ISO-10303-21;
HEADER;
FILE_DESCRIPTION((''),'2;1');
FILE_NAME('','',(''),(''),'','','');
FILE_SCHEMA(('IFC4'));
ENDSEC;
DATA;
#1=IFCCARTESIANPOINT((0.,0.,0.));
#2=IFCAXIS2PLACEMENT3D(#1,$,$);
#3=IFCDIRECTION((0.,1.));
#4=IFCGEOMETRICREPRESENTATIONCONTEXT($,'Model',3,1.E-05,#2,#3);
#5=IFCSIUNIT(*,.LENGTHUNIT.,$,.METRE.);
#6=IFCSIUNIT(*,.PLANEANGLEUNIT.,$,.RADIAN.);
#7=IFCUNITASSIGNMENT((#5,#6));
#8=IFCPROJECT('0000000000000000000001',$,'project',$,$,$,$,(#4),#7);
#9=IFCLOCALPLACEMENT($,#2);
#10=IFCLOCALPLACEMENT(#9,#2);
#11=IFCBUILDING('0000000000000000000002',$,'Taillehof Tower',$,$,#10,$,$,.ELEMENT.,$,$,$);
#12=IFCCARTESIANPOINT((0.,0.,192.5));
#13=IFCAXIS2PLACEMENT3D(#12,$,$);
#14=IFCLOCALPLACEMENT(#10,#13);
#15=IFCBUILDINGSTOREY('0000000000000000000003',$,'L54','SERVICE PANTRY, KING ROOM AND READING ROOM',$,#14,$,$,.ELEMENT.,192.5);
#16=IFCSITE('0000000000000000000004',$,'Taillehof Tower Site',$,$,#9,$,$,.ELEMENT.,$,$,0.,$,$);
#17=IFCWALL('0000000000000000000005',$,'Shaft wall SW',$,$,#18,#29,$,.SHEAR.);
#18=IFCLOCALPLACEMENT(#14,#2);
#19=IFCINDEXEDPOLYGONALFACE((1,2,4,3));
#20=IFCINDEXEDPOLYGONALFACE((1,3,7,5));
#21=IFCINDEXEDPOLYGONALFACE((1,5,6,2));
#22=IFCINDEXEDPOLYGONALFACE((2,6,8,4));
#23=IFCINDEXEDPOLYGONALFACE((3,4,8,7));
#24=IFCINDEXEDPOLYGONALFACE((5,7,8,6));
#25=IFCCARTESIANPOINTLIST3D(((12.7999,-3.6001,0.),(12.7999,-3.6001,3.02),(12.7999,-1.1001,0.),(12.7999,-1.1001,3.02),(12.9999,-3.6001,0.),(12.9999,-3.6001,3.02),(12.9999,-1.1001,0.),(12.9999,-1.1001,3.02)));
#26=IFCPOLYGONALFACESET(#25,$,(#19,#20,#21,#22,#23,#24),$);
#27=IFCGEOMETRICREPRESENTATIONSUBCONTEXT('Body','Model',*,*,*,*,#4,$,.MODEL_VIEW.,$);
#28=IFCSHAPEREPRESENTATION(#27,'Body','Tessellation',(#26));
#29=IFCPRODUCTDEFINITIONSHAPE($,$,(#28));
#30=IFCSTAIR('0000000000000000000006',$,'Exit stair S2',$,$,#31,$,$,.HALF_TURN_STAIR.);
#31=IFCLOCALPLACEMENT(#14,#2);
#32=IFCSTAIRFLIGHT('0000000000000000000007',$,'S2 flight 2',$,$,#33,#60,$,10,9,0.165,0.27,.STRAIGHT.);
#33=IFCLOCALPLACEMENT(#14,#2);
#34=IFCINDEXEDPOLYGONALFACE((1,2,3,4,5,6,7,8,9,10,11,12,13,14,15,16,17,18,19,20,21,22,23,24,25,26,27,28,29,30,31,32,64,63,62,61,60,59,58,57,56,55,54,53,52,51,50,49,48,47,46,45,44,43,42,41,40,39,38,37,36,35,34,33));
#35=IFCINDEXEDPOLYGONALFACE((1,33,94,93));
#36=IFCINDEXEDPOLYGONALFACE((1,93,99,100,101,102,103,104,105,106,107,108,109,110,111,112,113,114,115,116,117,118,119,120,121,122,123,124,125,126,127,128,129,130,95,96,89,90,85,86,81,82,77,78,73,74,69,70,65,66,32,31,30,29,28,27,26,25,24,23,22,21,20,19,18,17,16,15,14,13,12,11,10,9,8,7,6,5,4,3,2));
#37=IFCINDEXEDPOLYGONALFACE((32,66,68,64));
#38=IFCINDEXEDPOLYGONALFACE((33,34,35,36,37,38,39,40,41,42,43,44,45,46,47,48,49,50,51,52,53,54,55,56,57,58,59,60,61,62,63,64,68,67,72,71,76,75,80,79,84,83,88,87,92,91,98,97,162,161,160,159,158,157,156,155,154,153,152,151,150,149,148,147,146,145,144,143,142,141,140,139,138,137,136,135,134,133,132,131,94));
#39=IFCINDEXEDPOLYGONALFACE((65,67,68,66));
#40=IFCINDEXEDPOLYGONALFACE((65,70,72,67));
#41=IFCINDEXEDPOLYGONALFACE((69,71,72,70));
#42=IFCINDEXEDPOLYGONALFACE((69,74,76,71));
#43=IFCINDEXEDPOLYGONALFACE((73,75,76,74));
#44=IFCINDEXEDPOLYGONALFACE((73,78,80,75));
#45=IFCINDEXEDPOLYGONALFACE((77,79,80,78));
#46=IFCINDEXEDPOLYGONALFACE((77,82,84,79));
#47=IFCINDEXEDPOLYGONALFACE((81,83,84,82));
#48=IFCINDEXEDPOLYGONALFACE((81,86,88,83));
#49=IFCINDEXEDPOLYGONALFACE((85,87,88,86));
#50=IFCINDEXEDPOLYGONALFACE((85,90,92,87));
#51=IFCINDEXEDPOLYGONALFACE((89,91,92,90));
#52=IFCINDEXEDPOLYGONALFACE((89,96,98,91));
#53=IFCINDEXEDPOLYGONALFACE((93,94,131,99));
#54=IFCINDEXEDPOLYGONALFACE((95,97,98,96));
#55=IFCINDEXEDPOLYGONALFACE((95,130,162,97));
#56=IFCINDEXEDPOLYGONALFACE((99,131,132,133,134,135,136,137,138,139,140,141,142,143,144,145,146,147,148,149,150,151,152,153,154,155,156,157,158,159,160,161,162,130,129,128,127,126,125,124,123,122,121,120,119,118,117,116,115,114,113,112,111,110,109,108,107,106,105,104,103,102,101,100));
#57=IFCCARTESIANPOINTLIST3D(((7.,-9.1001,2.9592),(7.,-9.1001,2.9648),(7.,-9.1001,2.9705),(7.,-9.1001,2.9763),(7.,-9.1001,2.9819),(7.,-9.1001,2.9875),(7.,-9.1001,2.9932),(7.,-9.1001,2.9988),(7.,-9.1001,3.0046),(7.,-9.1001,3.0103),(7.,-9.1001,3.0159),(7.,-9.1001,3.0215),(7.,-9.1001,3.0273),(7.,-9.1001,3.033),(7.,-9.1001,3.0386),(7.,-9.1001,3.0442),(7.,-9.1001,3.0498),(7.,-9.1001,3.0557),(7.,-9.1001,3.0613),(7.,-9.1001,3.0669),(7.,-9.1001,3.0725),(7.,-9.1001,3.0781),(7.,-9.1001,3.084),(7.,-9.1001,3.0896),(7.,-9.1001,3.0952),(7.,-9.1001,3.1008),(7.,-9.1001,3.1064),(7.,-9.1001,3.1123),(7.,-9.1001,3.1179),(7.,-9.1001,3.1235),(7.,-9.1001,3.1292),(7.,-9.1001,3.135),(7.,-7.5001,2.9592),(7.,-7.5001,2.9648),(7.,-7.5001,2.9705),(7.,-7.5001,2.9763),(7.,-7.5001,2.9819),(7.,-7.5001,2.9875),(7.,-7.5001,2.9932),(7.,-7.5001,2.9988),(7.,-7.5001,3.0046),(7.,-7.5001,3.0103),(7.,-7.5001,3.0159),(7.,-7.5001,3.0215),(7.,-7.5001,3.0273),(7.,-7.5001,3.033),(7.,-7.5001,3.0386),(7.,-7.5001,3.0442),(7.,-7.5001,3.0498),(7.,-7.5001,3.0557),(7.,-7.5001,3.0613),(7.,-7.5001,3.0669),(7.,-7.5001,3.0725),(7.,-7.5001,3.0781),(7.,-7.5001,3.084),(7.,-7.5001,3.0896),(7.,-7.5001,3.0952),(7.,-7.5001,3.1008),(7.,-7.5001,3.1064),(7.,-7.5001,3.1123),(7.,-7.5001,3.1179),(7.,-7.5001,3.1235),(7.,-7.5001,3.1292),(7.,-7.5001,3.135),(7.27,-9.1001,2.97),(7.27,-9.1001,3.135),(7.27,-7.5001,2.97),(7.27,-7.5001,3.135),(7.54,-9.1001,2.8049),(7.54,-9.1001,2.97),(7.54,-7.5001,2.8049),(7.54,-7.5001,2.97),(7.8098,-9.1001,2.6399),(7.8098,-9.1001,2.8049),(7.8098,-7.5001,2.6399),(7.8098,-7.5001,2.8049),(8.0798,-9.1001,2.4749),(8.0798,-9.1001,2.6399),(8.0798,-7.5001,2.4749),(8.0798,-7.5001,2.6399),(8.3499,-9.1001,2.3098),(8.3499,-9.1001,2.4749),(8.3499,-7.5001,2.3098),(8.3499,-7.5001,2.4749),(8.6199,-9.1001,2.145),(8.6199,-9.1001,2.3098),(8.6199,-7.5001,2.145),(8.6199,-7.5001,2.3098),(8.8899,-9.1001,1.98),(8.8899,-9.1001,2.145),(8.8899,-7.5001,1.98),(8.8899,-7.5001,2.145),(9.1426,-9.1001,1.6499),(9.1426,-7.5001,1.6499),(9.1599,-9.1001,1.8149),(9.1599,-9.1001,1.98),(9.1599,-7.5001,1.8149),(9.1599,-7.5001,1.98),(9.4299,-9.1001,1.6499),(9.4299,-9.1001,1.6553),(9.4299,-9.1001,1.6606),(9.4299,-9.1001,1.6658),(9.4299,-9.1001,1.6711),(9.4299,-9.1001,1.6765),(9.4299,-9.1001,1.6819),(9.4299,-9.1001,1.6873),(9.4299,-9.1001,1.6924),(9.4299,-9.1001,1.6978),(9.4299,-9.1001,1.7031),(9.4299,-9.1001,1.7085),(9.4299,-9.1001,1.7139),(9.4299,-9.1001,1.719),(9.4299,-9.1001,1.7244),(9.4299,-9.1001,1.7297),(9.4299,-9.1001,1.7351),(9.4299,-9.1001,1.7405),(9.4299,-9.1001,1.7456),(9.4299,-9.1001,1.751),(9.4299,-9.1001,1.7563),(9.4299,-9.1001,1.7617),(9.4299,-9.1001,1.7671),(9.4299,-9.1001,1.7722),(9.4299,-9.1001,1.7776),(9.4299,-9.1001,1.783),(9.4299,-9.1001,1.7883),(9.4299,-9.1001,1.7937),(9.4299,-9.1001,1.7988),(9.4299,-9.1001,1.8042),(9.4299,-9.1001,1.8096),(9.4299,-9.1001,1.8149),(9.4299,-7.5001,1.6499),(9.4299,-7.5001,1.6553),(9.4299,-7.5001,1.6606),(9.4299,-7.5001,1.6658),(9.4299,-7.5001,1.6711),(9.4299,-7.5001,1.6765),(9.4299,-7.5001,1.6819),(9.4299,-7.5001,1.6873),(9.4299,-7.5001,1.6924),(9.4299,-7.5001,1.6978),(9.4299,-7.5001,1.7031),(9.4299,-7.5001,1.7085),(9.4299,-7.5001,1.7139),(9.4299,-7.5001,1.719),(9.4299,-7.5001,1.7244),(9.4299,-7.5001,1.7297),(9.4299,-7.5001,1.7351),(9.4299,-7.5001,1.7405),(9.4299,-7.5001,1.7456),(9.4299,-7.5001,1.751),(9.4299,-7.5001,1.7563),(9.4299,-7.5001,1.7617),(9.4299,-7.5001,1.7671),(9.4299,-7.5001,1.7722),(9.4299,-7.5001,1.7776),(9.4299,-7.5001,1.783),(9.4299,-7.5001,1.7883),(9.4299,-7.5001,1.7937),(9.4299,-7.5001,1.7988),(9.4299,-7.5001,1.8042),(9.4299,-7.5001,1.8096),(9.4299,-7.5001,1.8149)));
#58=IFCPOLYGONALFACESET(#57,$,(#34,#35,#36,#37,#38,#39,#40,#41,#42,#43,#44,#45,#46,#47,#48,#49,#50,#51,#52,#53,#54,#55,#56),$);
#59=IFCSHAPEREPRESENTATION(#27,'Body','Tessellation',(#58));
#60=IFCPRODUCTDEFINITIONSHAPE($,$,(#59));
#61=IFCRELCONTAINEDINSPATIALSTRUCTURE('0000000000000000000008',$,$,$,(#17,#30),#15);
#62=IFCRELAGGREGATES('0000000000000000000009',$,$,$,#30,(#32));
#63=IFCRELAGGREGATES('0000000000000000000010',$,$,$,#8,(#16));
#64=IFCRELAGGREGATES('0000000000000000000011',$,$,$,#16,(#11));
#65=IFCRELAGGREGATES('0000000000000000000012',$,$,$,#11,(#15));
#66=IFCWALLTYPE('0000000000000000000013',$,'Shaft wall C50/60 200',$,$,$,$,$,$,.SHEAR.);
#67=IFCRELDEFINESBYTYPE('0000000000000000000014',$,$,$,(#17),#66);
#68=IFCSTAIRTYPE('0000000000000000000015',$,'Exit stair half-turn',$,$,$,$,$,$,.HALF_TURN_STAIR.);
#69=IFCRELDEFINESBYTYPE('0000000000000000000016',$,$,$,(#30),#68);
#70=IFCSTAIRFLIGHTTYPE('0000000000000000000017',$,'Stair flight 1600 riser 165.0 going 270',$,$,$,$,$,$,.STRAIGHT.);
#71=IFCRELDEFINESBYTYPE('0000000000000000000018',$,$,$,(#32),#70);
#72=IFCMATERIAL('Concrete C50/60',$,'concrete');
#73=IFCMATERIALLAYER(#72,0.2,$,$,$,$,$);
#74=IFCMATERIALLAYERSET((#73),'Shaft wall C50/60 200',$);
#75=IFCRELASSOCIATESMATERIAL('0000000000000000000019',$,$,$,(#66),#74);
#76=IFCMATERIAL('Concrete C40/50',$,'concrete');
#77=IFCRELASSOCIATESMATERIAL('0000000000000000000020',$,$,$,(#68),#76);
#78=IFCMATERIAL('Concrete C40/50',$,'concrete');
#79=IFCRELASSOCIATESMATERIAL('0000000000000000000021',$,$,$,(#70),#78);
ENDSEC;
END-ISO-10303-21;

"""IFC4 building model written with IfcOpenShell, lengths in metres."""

from ifc_helpers import new_model, si_unit, direction, frame, frame_2d, origin, place, context, subcontext, project, spatial, polyline, rectangle, outline, extrude, material, layer, layer_set, type_object, element, aggregate, save


model = new_model("IFC4")

# Units and contexts
model_context = context("Model", 3, precision=1e-05, world=origin(), true_north=direction((0.0, 1.0)))
body_context = subcontext(model_context, "Body", "Model", "MODEL_VIEW")
ifc_project = project(units=[si_unit("LENGTHUNIT", "METRE"), si_unit("PLANEANGLEUNIT", "RADIAN")], contexts=[model_context])

# Site, building, storey
site_placement = place(None, origin())
site = spatial("IfcSite", under=ifc_project, at=site_placement, Name="Taillehof Tower Site", CompositionType="ELEMENT", RefElevation=0.0)
building_placement = place(site_placement, origin())
building = spatial("IfcBuilding", under=site, at=building_placement, Name="Taillehof Tower", CompositionType="ELEMENT")
storey_placement = place(building_placement, frame((0.0, 0.0, 192.5)))
storey = spatial("IfcBuildingStorey", under=building, at=storey_placement, Name="L54", Description="SERVICE PANTRY, KING ROOM AND READING ROOM", CompositionType="ELEMENT", Elevation=192.5)

# Wall
ifc_material_1 = material(Name="Concrete C50/60", Category="concrete")
ifc_layer_1 = layer(ifc_material_1, 0.2)
ifc_layer_set_1 = layer_set([ifc_layer_1], Name="Shaft wall C50/60 200")
wall_type_1 = type_object("IfcWallType", Name="Shaft wall C50/60 200", PredefinedType="SHEAR", material=ifc_layer_set_1)
for number, where, z_axis, x_axis, name in (
    (1, (12.8999, -3.6001, 0.0), (0.0, 0.0, 1.0), (0.0, 1.0, 0.0), "Shaft wall SW"),
):
    element("IfcWall", number, at=place(storey_placement, frame(where, z_axis=z_axis, x_axis=x_axis)), inside=storey, type_object=wall_type_1, Name=name, PredefinedType="SHEAR", context=body_context, shape_type="SweptSolid", body=[
        extrude(rectangle(XDim=2.5, YDim=0.2, at=frame_2d((1.25, 0.0))), origin(), (0.0, 0.0, 1.0), 3.02),
    ])

# Stair, stair flight
ifc_material_2 = material(Name="Concrete C40/50", Category="concrete")
stair_type = type_object("IfcStairType", Name="Exit stair half-turn", PredefinedType="HALF_TURN_STAIR", material=ifc_material_2)
stair_placement = place(storey_placement, origin())
stair = element("IfcStair", 2, at=stair_placement, inside=storey, type_object=stair_type, Name="Exit stair S2", PredefinedType="HALF_TURN_STAIR")
ifc_material_3 = material(Name="Concrete C40/50", Category="concrete")
stair_flight_type = type_object("IfcStairFlightType", Name="Stair flight 1600 riser 165.0 going 270", PredefinedType="STRAIGHT", material=ifc_material_3)
stair_flight_placement = place(storey_placement, frame((9.4299, -8.3, 1.6499), z_axis=(0.0, 0.0, 1.0), x_axis=(-1.0, 0.0, 0.0)))
stair_flight = element("IfcStairFlight", 3, at=stair_flight_placement, type_object=stair_flight_type, Name="S2 flight 2", NumberOfRisers=10, NumberOfTreads=9, PredefinedType="STRAIGHT", RiserHeight=0.165, TreadLength=0.27, context=body_context, shape_type="SweptSolid", body=[
    extrude(outline(polyline([(0.0, 0.0), (0.0, 0.0054), (0.0, 0.0107), (0.0, 0.0159), (0.0, 0.0212), (0.0, 0.0266), (0.0, 0.032), (0.0, 0.0374), (0.0, 0.0425), (0.0, 0.0479), (0.0, 0.0532), (0.0, 0.0586), (0.0, 0.064), (0.0, 0.0691), (0.0, 0.0745), (0.0, 0.0798), (0.0, 0.0852), (0.0, 0.0906), (0.0, 0.0957), (0.0, 0.1011), (0.0, 0.1064), (0.0, 0.1118), (0.0, 0.1172), (0.0, 0.1223), (0.0, 0.1277), (0.0, 0.1331), (0.0, 0.1384), (0.0, 0.1438), (0.0, 0.1489), (0.0, 0.1543), (0.0, 0.1597), (0.0, 0.165), (0.27, 0.165), (0.27, 0.3301), (0.54, 0.3301), (0.54, 0.4951), (0.8101, 0.4951), (0.8101, 0.6599), (1.0801, 0.6599), (1.0801, 0.825), (1.3501, 0.825), (1.3501, 0.99), (1.6201, 0.99), (1.6201, 1.155), (1.8899, 1.155), (1.8899, 1.3201), (2.1599, 1.3201), (2.1599, 1.4851), (2.4299, 1.4851), (2.4299, 1.4792), (2.4299, 1.4736), (2.4299, 1.468), (2.4299, 1.4624), (2.4299, 1.4565), (2.4299, 1.4509), (2.4299, 1.4453), (2.4299, 1.4397), (2.4299, 1.4341), (2.4299, 1.4282), (2.4299, 1.4226), (2.4299, 1.417), (2.4299, 1.4114), (2.4299, 1.4058), (2.4299, 1.3999), (2.4299, 1.3943), (2.4299, 1.3887), (2.4299, 1.3831), (2.4299, 1.3774), (2.4299, 1.3716), (2.4299, 1.366), (2.4299, 1.3604), (2.4299, 1.3547), (2.4299, 1.3489), (2.4299, 1.3433), (2.4299, 1.3376), (2.4299, 1.332), (2.4299, 1.3264), (2.4299, 1.3206), (2.4299, 1.3149), (2.4299, 1.3093), (0.2874, 0.0), (0.0, 0.0)])), frame((0.0, 0.8, 0.0), z_axis=(0.0, -1.0, 0.0), x_axis=(1.0, 0.0, 0.0)), (0.0, 0.0, 1.0), 1.6),
])
aggregate(stair, [stair_flight])

save(model, "model.ifc")
